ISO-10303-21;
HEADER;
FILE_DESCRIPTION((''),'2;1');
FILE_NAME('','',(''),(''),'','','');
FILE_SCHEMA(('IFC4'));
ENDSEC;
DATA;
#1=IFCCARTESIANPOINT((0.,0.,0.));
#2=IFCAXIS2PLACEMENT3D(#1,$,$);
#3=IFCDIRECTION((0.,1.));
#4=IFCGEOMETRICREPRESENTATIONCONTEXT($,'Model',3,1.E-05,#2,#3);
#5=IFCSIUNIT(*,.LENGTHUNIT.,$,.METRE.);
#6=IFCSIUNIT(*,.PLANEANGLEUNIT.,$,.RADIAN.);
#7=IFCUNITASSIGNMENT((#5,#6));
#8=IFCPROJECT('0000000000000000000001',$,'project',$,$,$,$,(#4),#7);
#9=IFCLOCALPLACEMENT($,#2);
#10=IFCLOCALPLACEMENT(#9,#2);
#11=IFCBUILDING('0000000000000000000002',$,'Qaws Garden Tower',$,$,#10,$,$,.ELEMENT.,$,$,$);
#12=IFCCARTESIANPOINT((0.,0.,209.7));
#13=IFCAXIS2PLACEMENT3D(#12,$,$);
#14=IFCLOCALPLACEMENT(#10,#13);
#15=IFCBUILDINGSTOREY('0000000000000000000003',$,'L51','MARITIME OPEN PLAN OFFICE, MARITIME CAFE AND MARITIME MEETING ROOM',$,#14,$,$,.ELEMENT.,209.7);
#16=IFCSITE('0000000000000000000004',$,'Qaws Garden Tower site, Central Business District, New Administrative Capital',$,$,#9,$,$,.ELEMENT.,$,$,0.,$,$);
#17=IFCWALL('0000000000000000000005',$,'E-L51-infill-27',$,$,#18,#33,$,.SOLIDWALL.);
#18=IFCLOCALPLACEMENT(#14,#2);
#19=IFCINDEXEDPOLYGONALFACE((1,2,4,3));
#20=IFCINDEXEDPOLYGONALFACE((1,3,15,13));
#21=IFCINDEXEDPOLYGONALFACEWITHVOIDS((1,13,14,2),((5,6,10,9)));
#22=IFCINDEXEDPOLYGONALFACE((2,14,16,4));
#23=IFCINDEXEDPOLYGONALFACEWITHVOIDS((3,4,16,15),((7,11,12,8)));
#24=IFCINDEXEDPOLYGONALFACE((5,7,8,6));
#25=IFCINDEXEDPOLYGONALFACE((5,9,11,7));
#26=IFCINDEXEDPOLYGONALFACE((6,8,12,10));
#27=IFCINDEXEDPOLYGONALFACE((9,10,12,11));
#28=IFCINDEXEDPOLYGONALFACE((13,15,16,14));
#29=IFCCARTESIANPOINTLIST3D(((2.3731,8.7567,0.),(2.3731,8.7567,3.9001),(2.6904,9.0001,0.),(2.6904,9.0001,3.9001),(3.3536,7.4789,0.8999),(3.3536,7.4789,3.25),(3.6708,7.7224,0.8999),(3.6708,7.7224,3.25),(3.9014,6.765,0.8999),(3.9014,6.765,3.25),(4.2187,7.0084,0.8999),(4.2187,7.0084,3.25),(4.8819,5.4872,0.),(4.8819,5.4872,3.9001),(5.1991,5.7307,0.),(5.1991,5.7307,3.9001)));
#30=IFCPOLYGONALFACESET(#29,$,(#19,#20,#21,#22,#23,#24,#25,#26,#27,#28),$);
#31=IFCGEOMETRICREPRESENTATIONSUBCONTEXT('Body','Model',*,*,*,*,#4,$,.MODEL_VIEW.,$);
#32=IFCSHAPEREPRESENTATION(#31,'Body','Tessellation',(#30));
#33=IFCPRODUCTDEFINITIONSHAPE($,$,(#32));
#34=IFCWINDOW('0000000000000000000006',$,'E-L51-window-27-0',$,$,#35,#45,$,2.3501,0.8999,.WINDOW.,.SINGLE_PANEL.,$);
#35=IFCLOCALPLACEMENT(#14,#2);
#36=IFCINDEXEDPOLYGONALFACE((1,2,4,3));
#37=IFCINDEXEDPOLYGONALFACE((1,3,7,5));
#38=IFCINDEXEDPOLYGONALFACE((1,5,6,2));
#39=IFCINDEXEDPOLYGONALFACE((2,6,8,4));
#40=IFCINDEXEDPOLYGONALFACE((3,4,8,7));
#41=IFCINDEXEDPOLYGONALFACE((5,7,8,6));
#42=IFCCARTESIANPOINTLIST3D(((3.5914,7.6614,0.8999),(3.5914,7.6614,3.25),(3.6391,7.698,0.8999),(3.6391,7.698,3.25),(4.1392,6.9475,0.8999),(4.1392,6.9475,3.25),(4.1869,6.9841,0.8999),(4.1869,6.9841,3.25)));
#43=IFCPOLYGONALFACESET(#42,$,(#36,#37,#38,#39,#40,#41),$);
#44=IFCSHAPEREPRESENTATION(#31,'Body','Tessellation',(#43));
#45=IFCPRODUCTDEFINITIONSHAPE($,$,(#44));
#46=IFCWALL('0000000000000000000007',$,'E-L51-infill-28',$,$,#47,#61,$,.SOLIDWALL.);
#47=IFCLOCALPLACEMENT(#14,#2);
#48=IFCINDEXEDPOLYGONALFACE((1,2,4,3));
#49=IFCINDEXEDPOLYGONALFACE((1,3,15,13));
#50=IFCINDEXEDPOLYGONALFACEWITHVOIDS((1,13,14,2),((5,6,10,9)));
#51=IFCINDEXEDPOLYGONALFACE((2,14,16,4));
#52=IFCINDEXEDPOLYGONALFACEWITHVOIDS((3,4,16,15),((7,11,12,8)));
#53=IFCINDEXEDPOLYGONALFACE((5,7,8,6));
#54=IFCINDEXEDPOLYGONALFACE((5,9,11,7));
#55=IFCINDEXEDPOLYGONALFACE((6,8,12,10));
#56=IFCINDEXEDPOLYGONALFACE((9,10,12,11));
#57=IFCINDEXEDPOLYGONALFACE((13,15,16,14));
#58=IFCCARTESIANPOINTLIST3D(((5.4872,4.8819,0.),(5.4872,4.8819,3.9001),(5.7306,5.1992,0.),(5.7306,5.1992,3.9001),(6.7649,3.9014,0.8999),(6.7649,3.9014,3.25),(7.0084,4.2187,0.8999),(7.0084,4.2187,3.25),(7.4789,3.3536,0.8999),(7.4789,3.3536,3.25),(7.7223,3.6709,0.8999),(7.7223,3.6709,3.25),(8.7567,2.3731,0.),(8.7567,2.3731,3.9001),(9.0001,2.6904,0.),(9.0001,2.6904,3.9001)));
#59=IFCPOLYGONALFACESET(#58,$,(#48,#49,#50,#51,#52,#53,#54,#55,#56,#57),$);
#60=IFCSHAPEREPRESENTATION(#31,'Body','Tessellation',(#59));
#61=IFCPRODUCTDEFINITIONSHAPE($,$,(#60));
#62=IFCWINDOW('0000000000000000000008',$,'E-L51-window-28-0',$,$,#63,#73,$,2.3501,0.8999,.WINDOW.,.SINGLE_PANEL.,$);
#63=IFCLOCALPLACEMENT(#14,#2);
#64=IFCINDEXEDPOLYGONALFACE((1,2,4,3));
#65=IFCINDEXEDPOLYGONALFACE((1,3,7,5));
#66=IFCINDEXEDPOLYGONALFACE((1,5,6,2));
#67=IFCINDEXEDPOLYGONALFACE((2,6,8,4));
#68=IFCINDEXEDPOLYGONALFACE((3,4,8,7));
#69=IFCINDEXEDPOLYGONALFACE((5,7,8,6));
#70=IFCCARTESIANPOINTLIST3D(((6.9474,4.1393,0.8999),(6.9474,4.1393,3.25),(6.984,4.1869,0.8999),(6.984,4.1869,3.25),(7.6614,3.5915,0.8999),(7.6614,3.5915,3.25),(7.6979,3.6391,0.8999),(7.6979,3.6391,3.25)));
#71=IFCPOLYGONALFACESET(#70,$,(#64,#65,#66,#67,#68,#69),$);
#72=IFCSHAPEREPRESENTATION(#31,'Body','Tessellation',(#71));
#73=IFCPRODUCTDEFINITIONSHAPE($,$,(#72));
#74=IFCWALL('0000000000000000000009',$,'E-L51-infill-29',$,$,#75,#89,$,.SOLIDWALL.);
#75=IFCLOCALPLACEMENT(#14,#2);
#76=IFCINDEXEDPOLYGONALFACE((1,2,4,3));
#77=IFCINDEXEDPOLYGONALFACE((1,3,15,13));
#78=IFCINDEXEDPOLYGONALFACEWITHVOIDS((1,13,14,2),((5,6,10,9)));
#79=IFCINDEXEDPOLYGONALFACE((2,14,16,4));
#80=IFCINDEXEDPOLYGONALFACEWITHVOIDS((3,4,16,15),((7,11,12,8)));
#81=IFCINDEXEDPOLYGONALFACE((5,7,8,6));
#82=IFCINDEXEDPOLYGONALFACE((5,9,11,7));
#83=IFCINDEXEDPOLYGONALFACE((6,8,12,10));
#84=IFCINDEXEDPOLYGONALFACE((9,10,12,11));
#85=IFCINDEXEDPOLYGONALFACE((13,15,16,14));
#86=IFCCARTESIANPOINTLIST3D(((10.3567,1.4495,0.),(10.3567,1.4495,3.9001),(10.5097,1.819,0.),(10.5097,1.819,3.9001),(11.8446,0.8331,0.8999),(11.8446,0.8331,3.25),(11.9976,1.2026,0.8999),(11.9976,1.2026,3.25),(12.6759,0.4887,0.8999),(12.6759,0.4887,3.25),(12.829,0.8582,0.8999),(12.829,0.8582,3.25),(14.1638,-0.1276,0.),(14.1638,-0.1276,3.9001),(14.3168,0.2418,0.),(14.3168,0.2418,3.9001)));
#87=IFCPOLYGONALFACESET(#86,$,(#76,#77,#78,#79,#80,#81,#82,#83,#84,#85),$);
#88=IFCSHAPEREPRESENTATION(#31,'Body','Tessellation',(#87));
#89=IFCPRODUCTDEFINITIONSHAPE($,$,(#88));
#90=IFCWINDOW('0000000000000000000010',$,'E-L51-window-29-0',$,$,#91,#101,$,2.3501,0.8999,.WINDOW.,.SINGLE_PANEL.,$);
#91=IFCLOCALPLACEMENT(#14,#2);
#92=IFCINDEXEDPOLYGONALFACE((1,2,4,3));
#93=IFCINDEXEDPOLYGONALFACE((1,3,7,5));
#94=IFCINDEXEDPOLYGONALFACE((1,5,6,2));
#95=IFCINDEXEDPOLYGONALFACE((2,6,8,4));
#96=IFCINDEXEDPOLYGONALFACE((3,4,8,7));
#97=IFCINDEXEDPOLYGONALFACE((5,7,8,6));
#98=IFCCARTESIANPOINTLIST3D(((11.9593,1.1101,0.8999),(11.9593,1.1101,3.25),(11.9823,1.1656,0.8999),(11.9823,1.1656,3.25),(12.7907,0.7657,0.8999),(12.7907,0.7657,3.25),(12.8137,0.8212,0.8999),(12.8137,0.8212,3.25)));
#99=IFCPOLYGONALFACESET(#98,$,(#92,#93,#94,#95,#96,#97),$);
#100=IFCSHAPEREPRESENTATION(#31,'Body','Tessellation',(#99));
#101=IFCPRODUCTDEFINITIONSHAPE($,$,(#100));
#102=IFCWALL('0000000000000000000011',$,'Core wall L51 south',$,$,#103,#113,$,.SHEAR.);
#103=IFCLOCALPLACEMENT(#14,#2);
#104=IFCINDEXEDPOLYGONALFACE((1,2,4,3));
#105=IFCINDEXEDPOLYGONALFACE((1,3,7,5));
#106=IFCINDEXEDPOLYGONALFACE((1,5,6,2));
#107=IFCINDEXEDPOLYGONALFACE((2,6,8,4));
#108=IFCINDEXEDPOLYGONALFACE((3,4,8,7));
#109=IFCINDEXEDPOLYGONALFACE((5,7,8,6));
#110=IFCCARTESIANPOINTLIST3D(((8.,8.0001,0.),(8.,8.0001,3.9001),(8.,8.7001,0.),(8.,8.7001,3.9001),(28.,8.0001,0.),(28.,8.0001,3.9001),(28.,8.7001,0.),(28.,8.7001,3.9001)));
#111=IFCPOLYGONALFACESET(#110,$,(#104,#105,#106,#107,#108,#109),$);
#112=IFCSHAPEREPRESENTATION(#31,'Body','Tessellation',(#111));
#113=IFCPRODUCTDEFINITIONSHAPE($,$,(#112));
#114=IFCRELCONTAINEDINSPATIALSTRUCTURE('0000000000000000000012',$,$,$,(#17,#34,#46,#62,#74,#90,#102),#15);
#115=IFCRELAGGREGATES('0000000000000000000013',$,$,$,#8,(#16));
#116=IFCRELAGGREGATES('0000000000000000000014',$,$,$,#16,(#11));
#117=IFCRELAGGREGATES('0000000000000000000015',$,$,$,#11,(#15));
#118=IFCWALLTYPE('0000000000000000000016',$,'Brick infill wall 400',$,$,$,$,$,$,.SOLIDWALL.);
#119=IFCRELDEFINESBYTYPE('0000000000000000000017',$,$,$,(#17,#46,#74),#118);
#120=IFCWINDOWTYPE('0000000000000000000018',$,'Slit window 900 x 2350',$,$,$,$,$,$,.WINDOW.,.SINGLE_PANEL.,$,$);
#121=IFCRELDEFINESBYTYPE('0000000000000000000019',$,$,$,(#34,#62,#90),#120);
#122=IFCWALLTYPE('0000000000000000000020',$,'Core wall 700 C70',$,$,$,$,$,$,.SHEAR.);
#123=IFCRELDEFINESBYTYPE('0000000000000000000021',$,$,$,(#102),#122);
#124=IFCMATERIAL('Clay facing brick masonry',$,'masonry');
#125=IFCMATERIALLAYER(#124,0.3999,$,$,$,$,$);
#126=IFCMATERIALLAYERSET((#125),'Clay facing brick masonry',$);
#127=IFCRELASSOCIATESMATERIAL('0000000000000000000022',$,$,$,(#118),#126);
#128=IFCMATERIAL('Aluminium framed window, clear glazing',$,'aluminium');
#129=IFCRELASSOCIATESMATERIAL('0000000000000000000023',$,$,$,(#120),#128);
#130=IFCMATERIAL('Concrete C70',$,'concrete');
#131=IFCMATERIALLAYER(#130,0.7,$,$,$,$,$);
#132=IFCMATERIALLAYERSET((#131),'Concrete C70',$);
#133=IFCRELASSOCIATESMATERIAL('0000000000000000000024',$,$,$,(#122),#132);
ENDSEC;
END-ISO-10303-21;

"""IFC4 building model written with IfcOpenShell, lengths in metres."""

from ifc_helpers import new_model, si_unit, direction, frame, frame_2d, origin, place, context, subcontext, project, spatial, rectangle, extrude, material, layer, layer_set, type_object, element, fill, save


model = new_model("IFC4")

# Units and contexts
model_context = context("Model", 3, precision=1e-05, world=origin(), true_north=direction((0.0, 1.0)))
body_context = subcontext(model_context, "Body", "Model", "MODEL_VIEW")
ifc_project = project(units=[si_unit("LENGTHUNIT", "METRE"), si_unit("PLANEANGLEUNIT", "RADIAN")], contexts=[model_context])

# Site, building, storey
site_placement = place(None, origin())
site = spatial("IfcSite", under=ifc_project, at=site_placement, Name="Qaws Garden Tower site, Central Business District, New Administrative Capital", CompositionType="ELEMENT", RefElevation=0.0)
building_placement = place(site_placement, origin())
building = spatial("IfcBuilding", under=site, at=building_placement, Name="Qaws Garden Tower", CompositionType="ELEMENT")
storey_placement = place(building_placement, frame((0.0, 0.0, 209.7)))
storey = spatial("IfcBuildingStorey", under=building, at=storey_placement, Name="L51", Description="MARITIME OPEN PLAN OFFICE, MARITIME CAFE AND MARITIME MEETING ROOM", CompositionType="ELEMENT", Elevation=209.7)

# Walls, openings, windows
ifc_material_1 = material(Name="Clay facing brick masonry", Category="masonry")
ifc_layer_1 = layer(ifc_material_1, 0.3999)
ifc_layer_set_1 = layer_set([ifc_layer_1], Name="Clay facing brick masonry")
wall_type_1 = type_object("IfcWallType", Name="Brick infill wall 400", PredefinedType="SOLIDWALL", material=ifc_layer_set_1)
wall_1_placement = place(storey_placement, frame((2.5317, 8.8784, 0.0), z_axis=(0.0, 0.0, 1.0), x_axis=(0.60876, -0.793355, 0.0)))
wall_1 = element("IfcWall", 1, at=wall_1_placement, inside=storey, type_object=wall_type_1, Name="E-L51-infill-27", PredefinedType="SOLIDWALL", context=body_context, shape_type="SweptSolid", body=[
    extrude(rectangle(XDim=4.1211, YDim=0.3999, at=frame_2d((2.0605, 0.0))), origin(), (0.0, 0.0, 1.0), 3.9001),
])
opening_1_placement = place(wall_1_placement, frame((1.6106, 0.0, 0.8999)))
opening_1 = element("IfcOpeningElement", 2, at=opening_1_placement, cuts=wall_1, PredefinedType="OPENING", context=body_context, shape_type="SweptSolid", body=[
    extrude(rectangle(XDim=0.8999, YDim=2.3501, at=frame_2d((0.45, 1.175))), frame((0.0, 0.21, 0.0), z_axis=(0.0, -1.0, 0.0), x_axis=(1.0, 0.0, 0.0)), (0.0, 0.0, 1.0), 0.4199),
])
ifc_material_2 = material(Name="Aluminium framed window, clear glazing", Category="aluminium")
window_type = type_object("IfcWindowType", Name="Slit window 900 x 2350", PartitioningType="SINGLE_PANEL", PredefinedType="WINDOW", material=ifc_material_2)
window_1_placement = place(opening_1_placement, origin())
window_1 = element("IfcWindow", 3, at=window_1_placement, inside=storey, type_object=window_type, Name="E-L51-window-27-0", OverallHeight=2.3501, OverallWidth=0.8999, PartitioningType="SINGLE_PANEL", PredefinedType="WINDOW", context=body_context, shape_type="SweptSolid", body=[
    extrude(rectangle(XDim=0.8999, YDim=2.3501, at=frame_2d((0.45, 1.175))), frame((0.0, 0.1599, 0.0), z_axis=(0.0, -1.0, 0.0), x_axis=(1.0, 0.0, 0.0)), (0.0, 0.0, 1.0), 0.0601),
])
fill(opening_1, window_1)
wall_2_placement = place(storey_placement, frame((5.6089, 5.0405, 0.0), z_axis=(0.0, 0.0, 1.0), x_axis=(0.793355, -0.60876, 0.0)))
wall_2 = element("IfcWall", 4, at=wall_2_placement, inside=storey, type_object=wall_type_1, Name="E-L51-infill-28", PredefinedType="SOLIDWALL", context=body_context, shape_type="SweptSolid", body=[
    extrude(rectangle(XDim=4.1211, YDim=0.3999, at=frame_2d((2.0605, 0.0))), origin(), (0.0, 0.0, 1.0), 3.9001),
])
opening_2_placement = place(wall_2_placement, frame((1.6106, 0.0, 0.8999)))
opening_2 = element("IfcOpeningElement", 5, at=opening_2_placement, cuts=wall_2, PredefinedType="OPENING", context=body_context, shape_type="SweptSolid", body=[
    extrude(rectangle(XDim=0.8999, YDim=2.3501, at=frame_2d((0.45, 1.175))), frame((0.0, 0.21, 0.0), z_axis=(0.0, -1.0, 0.0), x_axis=(1.0, 0.0, 0.0)), (0.0, 0.0, 1.0), 0.4199),
])
window_2_placement = place(opening_2_placement, origin())
window_2 = element("IfcWindow", 6, at=window_2_placement, inside=storey, type_object=window_type, Name="E-L51-window-28-0", OverallHeight=2.3501, OverallWidth=0.8999, PartitioningType="SINGLE_PANEL", PredefinedType="WINDOW", context=body_context, shape_type="SweptSolid", body=[
    extrude(rectangle(XDim=0.8999, YDim=2.3501, at=frame_2d((0.45, 1.175))), frame((0.0, 0.1599, 0.0), z_axis=(0.0, -1.0, 0.0), x_axis=(1.0, 0.0, 0.0)), (0.0, 0.0, 1.0), 0.0601),
])
fill(opening_2, window_2)
wall_3_placement = place(storey_placement, frame((10.4331, 1.6343, 0.0), z_axis=(0.0, 0.0, 1.0), x_axis=(0.923864, -0.382722, 0.0)))
wall_3 = element("IfcWall", 7, at=wall_3_placement, inside=storey, type_object=wall_type_1, Name="E-L51-infill-29", PredefinedType="SOLIDWALL", context=body_context, shape_type="SweptSolid", body=[
    extrude(rectangle(XDim=4.1208, YDim=0.3999, at=frame_2d((2.0605, 0.0))), origin(), (0.0, 0.0, 1.0), 3.9001),
])
opening_3_placement = place(wall_3_placement, frame((1.6106, 0.0, 0.8999)))
opening_3 = element("IfcOpeningElement", 8, at=opening_3_placement, cuts=wall_3, PredefinedType="OPENING", context=body_context, shape_type="SweptSolid", body=[
    extrude(rectangle(XDim=0.8999, YDim=2.3501, at=frame_2d((0.45, 1.175))), frame((0.0, 0.21, 0.0), z_axis=(0.0, -1.0, 0.0), x_axis=(1.0, 0.0, 0.0)), (0.0, 0.0, 1.0), 0.4199),
])
window_3_placement = place(opening_3_placement, origin())
window_3 = element("IfcWindow", 9, at=window_3_placement, inside=storey, type_object=window_type, Name="E-L51-window-29-0", OverallHeight=2.3501, OverallWidth=0.8999, PartitioningType="SINGLE_PANEL", PredefinedType="WINDOW", context=body_context, shape_type="SweptSolid", body=[
    extrude(rectangle(XDim=0.8999, YDim=2.3501, at=frame_2d((0.45, 1.175))), frame((0.0, 0.1599, 0.0), z_axis=(0.0, -1.0, 0.0), x_axis=(1.0, 0.0, 0.0)), (0.0, 0.0, 1.0), 0.0601),
])
fill(opening_3, window_3)

# Wall
ifc_material_3 = material(Name="Concrete C70", Category="concrete")
ifc_layer_2 = layer(ifc_material_3, 0.7)
ifc_layer_set_2 = layer_set([ifc_layer_2], Name="Concrete C70")
wall_type_2 = type_object("IfcWallType", Name="Core wall 700 C70", PredefinedType="SHEAR", material=ifc_layer_set_2)
wall_4_placement = place(storey_placement, frame((8.0, 8.3501, 0.0), z_axis=(0.0, 0.0, 1.0), x_axis=(1.0, 0.0, 0.0)))
element("IfcWall", 10, at=wall_4_placement, inside=storey, type_object=wall_type_2, Name="Core wall L51 south", PredefinedType="SHEAR", context=body_context, shape_type="SweptSolid", body=[
    extrude(rectangle(XDim=20.0, YDim=0.7, at=frame_2d((10.0, 0.0))), origin(), (0.0, 0.0, 1.0), 3.9001),
])

save(model, "model.ifc")
